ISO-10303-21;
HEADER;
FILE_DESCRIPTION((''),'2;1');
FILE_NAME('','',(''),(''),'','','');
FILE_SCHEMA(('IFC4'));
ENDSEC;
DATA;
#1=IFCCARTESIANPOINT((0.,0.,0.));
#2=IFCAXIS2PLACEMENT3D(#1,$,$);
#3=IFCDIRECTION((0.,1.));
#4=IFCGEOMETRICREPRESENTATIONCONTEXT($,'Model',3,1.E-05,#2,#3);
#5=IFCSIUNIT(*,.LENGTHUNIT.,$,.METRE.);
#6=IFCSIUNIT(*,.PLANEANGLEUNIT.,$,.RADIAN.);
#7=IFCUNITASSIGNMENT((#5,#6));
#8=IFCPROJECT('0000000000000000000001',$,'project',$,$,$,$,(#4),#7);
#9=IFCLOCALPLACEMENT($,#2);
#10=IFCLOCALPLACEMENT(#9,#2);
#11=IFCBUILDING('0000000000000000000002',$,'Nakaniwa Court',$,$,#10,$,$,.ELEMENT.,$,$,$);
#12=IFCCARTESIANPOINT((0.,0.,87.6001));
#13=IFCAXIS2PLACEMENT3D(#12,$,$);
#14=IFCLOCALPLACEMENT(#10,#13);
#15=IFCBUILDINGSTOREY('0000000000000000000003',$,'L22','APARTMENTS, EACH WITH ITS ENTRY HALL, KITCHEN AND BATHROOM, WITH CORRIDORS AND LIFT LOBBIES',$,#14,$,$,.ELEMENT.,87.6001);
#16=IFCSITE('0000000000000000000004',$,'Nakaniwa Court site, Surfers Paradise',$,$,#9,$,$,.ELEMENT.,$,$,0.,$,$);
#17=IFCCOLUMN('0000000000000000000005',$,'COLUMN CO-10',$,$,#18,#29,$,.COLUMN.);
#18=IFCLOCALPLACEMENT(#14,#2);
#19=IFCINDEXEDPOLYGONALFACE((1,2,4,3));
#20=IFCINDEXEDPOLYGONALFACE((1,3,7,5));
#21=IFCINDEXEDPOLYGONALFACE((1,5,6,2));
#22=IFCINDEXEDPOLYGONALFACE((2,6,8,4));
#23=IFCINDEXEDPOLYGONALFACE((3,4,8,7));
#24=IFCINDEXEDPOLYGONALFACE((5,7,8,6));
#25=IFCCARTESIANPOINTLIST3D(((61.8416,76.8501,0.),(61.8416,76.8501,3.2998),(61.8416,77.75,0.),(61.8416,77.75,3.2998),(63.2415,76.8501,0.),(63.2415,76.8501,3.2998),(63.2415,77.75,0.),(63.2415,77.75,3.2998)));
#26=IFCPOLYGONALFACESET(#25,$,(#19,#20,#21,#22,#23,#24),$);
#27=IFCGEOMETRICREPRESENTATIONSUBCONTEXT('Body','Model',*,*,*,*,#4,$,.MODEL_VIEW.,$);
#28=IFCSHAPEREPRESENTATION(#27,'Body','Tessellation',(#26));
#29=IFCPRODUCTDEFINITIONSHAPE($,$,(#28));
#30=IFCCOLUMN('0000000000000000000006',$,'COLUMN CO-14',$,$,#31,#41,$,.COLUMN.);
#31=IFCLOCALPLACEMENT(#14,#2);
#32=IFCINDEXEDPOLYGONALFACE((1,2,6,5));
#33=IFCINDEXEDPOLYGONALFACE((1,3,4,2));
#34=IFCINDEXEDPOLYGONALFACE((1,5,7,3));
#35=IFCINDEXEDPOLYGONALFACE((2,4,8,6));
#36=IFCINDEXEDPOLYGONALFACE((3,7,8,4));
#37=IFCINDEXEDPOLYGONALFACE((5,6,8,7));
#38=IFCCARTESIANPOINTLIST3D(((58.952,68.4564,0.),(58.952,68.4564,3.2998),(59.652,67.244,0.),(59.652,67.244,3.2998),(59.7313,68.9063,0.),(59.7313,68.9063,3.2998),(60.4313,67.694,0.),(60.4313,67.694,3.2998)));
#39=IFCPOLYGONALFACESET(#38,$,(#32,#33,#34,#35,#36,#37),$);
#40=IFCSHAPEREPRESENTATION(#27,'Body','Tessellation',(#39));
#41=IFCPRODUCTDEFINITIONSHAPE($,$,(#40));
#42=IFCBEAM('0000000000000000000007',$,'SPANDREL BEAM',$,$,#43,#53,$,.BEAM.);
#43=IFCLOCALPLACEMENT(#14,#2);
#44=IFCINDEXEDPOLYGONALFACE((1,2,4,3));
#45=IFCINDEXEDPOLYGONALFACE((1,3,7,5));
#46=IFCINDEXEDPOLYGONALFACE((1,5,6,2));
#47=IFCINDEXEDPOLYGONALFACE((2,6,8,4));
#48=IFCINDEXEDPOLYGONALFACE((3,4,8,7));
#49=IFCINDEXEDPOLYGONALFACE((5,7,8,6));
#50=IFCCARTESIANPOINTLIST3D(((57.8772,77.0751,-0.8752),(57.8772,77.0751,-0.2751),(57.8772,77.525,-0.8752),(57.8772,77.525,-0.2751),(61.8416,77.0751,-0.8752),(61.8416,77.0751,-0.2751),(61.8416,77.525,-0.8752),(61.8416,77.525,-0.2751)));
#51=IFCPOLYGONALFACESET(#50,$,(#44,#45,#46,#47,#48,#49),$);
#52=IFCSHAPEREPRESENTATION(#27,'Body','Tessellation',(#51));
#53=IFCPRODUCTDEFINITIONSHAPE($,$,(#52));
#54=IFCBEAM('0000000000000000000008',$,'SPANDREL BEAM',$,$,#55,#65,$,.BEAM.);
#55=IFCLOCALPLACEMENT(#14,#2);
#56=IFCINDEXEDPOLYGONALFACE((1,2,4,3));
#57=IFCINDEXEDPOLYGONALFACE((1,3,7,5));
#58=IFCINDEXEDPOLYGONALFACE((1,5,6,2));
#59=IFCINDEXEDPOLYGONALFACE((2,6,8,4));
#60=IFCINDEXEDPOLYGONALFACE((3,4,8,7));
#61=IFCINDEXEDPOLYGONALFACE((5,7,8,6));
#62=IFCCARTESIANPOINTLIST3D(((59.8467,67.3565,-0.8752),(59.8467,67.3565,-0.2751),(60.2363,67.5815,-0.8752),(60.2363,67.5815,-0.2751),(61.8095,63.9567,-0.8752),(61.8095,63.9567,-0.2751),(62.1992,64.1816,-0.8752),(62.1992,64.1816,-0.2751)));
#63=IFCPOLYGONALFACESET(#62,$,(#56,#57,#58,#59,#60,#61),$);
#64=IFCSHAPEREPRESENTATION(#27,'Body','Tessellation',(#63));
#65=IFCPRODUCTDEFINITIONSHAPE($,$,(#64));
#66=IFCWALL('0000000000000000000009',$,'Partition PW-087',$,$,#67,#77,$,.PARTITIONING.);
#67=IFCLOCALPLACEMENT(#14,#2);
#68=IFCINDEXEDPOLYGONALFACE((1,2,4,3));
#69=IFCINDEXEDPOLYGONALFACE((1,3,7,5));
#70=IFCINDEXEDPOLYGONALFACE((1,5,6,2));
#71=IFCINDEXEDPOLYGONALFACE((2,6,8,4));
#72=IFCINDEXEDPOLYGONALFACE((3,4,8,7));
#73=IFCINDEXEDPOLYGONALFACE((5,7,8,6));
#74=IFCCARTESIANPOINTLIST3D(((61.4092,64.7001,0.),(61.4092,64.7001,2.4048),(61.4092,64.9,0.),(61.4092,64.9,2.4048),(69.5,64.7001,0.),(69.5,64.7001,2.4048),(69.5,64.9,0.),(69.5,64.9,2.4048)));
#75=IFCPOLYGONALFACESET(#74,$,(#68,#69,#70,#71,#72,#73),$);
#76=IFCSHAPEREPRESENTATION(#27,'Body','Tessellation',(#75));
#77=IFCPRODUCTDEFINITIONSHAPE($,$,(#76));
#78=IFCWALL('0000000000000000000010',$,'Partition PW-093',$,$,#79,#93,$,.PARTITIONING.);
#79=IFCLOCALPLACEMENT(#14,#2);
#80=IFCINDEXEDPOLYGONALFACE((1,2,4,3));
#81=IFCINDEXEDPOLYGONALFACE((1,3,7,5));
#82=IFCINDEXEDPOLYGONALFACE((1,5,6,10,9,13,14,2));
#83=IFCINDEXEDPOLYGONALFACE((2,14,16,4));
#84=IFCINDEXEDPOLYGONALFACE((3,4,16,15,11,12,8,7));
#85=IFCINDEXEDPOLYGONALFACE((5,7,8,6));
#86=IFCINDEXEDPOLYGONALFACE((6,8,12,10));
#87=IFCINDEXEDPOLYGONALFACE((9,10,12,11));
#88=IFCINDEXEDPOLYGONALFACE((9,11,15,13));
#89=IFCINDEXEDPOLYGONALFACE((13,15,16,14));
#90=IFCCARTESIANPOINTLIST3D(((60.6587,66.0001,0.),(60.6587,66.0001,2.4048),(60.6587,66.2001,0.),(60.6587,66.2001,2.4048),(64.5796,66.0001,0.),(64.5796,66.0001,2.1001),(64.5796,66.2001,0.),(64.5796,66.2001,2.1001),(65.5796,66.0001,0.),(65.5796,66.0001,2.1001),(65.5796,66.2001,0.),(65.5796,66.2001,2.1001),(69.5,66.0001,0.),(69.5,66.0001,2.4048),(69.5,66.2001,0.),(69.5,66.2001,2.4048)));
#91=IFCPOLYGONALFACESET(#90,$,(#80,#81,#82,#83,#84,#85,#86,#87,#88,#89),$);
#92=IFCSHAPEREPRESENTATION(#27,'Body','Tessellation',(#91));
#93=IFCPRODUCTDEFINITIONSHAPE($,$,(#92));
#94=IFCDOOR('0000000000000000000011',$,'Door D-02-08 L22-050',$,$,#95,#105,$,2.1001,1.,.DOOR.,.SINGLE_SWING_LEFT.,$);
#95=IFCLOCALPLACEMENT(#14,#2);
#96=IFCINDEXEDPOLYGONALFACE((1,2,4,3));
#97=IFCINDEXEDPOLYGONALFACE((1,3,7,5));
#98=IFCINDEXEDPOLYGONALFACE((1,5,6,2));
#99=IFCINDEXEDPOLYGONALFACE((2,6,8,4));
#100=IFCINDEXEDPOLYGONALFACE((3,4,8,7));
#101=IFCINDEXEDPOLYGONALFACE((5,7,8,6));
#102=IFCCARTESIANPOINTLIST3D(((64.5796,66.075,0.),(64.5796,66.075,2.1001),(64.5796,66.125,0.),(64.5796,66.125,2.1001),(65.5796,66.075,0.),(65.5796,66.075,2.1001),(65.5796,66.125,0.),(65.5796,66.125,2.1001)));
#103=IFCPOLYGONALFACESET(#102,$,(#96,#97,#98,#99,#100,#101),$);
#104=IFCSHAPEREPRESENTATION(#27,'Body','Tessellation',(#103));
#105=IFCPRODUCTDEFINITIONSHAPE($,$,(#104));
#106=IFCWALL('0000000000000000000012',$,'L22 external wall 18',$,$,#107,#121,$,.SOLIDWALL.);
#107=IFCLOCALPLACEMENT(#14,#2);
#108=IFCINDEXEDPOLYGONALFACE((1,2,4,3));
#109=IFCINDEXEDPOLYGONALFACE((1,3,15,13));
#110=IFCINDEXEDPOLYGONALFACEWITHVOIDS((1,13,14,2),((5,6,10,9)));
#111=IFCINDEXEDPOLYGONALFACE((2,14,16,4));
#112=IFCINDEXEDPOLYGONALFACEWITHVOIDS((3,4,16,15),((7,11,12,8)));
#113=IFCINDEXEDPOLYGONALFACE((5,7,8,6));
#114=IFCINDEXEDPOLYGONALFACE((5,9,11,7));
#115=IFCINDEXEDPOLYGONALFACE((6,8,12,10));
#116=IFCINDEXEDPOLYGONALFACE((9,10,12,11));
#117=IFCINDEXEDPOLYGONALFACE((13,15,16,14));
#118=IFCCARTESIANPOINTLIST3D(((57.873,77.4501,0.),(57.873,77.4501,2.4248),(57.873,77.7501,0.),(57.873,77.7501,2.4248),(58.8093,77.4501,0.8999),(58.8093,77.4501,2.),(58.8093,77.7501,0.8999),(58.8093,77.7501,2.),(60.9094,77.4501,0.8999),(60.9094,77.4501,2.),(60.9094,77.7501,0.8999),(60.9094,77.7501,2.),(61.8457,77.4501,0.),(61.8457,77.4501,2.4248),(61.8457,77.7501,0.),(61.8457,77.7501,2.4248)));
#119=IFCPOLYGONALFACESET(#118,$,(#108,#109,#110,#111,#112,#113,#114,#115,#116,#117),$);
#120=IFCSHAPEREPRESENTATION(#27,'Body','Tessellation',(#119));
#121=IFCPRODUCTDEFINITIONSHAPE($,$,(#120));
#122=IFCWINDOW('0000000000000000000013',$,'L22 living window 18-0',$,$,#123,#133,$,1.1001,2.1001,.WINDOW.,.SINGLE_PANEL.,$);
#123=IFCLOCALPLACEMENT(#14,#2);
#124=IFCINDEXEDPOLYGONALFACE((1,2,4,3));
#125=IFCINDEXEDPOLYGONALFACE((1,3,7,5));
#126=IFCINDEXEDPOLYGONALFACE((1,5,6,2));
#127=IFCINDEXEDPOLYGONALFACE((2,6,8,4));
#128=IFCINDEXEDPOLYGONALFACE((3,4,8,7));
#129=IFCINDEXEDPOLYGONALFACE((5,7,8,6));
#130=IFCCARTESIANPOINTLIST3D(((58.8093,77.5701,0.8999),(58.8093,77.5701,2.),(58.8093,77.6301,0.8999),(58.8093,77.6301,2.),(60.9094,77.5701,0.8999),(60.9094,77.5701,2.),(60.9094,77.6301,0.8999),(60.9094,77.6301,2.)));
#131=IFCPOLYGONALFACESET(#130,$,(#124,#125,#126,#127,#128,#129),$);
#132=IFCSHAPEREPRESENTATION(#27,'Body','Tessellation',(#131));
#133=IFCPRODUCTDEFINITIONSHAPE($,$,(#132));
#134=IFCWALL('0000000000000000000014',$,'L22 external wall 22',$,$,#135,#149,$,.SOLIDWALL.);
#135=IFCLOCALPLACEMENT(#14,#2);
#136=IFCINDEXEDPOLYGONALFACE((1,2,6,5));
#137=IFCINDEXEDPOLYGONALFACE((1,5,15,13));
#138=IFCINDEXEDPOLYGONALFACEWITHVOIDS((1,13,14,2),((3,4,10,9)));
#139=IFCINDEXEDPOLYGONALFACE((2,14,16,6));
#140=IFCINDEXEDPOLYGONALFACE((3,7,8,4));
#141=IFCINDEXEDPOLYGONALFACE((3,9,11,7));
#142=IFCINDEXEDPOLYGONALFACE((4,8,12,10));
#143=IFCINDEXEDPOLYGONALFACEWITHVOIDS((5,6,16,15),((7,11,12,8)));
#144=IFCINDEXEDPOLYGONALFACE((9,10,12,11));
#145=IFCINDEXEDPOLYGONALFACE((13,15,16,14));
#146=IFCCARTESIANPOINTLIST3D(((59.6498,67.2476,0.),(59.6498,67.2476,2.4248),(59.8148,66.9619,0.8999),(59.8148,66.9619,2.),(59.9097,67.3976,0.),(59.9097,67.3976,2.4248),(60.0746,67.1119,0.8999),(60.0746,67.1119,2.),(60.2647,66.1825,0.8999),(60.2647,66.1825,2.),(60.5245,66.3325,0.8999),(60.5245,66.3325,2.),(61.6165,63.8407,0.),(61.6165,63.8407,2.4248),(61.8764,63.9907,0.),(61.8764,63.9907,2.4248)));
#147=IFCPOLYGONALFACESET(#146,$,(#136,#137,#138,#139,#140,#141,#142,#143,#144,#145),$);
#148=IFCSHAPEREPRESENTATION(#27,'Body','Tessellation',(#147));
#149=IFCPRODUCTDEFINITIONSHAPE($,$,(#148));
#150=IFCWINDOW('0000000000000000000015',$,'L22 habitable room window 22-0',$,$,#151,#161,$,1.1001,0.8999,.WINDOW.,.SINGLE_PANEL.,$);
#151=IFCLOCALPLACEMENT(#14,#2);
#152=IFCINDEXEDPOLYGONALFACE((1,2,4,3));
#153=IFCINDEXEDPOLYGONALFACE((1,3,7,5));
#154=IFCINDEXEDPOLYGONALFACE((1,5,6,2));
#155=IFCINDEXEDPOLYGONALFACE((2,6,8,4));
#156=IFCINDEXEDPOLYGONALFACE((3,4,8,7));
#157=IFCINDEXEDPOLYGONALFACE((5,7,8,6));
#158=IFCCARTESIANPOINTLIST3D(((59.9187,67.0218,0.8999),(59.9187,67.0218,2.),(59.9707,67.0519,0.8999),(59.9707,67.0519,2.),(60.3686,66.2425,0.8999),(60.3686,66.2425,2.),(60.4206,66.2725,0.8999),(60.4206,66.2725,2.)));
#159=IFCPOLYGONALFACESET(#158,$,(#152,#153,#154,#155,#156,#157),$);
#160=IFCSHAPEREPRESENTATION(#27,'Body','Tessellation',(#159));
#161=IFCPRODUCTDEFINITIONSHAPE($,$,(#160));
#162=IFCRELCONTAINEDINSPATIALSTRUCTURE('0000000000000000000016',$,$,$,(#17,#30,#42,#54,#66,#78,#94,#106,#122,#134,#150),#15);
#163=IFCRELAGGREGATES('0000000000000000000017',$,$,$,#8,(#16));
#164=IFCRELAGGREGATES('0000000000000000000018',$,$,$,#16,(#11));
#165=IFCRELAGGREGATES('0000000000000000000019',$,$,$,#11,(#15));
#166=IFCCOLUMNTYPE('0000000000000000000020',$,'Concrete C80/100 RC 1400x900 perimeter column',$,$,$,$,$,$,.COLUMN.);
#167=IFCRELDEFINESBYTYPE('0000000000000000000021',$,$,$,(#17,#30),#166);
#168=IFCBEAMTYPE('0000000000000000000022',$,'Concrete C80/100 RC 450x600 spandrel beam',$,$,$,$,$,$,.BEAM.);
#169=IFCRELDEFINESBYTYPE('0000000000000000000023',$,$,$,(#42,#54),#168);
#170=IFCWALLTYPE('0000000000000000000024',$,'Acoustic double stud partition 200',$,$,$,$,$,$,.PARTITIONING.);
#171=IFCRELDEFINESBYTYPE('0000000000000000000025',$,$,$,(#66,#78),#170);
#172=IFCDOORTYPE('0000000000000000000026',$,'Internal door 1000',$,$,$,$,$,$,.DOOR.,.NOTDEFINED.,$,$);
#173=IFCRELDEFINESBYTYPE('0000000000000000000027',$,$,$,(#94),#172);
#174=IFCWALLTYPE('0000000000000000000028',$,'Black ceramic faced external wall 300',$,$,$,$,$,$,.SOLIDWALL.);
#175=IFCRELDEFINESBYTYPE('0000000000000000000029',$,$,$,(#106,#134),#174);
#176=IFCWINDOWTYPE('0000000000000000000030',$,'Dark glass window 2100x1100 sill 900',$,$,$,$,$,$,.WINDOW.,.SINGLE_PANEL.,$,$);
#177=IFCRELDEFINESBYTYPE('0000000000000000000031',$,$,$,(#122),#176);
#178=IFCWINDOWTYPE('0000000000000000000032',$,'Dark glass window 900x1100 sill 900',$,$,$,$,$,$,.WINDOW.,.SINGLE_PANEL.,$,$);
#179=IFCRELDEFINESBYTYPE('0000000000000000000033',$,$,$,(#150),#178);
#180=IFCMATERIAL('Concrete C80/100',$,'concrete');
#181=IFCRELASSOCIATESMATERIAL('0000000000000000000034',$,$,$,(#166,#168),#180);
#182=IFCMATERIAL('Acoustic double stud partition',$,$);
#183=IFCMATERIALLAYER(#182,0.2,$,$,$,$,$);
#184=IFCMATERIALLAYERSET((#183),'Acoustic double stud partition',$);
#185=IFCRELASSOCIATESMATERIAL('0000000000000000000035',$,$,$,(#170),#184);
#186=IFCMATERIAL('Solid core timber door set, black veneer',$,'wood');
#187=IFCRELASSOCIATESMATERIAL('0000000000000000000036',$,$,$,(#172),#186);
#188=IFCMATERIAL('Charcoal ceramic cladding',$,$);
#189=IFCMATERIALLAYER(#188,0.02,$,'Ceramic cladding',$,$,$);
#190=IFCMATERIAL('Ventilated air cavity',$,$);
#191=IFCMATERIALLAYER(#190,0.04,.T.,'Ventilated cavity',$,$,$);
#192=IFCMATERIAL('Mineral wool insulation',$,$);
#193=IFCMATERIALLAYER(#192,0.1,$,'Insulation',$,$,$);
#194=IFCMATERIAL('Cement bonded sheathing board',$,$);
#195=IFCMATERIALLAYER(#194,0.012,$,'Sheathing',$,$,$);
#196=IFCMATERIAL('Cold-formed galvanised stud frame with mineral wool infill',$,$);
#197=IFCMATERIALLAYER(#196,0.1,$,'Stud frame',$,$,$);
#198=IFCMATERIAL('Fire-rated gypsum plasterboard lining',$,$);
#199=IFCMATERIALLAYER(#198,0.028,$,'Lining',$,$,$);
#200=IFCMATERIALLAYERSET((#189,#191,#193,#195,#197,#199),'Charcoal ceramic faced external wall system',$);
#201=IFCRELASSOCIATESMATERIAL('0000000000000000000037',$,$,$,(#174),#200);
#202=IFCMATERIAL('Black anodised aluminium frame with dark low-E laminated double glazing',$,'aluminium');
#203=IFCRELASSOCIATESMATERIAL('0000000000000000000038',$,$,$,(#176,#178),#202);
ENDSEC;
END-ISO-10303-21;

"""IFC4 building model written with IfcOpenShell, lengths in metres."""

from ifc_helpers import new_model, si_unit, direction, frame, frame_2d, origin, origin_2d, place, context, subcontext, project, spatial, rectangle, extrude, material, layer, layer_set, material_profile, profile_set, type_object, element, fill, save


model = new_model("IFC4")

# Units and contexts
model_context = context("Model", 3, precision=1e-05, world=origin(), true_north=direction((0.0, 1.0)))
body_context = subcontext(model_context, "Body", "Model", "MODEL_VIEW")
ifc_project = project(units=[si_unit("LENGTHUNIT", "METRE"), si_unit("PLANEANGLEUNIT", "RADIAN")], contexts=[model_context])

# Site, building, storey
site_placement = place(None, origin())
site = spatial("IfcSite", under=ifc_project, at=site_placement, Name="Nakaniwa Court site, Surfers Paradise", CompositionType="ELEMENT", RefElevation=0.0)
building_placement = place(site_placement, origin())
building = spatial("IfcBuilding", under=site, at=building_placement, Name="Nakaniwa Court", CompositionType="ELEMENT")
storey_placement = place(building_placement, frame((0.0, 0.0, 87.6001)))
storey = spatial("IfcBuildingStorey", under=building, at=storey_placement, Name="L22", Description="APARTMENTS, EACH WITH ITS ENTRY HALL, KITCHEN AND BATHROOM, WITH CORRIDORS AND LIFT LOBBIES", CompositionType="ELEMENT", Elevation=87.6001)

# Columns
ifc_material_1 = material(Name="Concrete C80/100", Category="concrete")
ifc_material_profile_1 = material_profile(ifc_material_1, rectangle(XDim=1.3999, YDim=0.8999, at=origin_2d()), Name="Concrete C80/100 RC 1400x900 perimeter column")
ifc_profile_set_1 = profile_set([ifc_material_profile_1], Name="Concrete C80/100")
column_type = type_object("IfcColumnType", Name="Concrete C80/100 RC 1400x900 perimeter column", PredefinedType="COLUMN", material=ifc_profile_set_1)
for number, where, z_axis, x_axis, name in (
    (1, (62.5415, 77.3, 0.0), (0.0, 0.0, 1.0), (-1.0, 0.0, 0.0), "COLUMN CO-10"),
    (2, (59.6917, 68.0752, 0.0), (0.0, 0.0, 1.0), (0.5, -0.866025, 0.0), "COLUMN CO-14"),
):
    element("IfcColumn", number, at=place(storey_placement, frame(where, z_axis=z_axis, x_axis=x_axis)), inside=storey, type_object=column_type, Name=name, PredefinedType="COLUMN", context=body_context, shape_type="SweptSolid", body=[
        extrude(rectangle(XDim=1.3999, YDim=0.8999, at=origin_2d()), origin(), (0.0, 0.0, 1.0), 3.2998),
    ])

# Beams
ifc_material_profile_2 = material_profile(ifc_material_1, rectangle(XDim=0.45, YDim=0.6001, at=origin_2d()), Name="Concrete C80/100 RC 450x600 spandrel beam")
ifc_profile_set_2 = profile_set([ifc_material_profile_2], Name="Concrete C80/100")
beam_type = type_object("IfcBeamType", Name="Concrete C80/100 RC 450x600 spandrel beam", PredefinedType="BEAM", material=ifc_profile_set_2)
beam_1_placement = place(storey_placement, frame((61.8416, 77.3, -0.5752), z_axis=(-1.0, 0.0, 0.0), x_axis=(0.0, -1.0, 0.0)))
element("IfcBeam", 3, at=beam_1_placement, inside=storey, type_object=beam_type, Name="SPANDREL BEAM", PredefinedType="BEAM", context=body_context, shape_type="SweptSolid", body=[
    extrude(rectangle(XDim=0.45, YDim=0.6001, at=origin_2d()), origin(), (0.0, 0.0, 1.0), 3.9644),
])
beam_2_placement = place(storey_placement, frame((60.0415, 67.469, -0.5752), z_axis=(0.499992, -0.86603, 0.0), x_axis=(0.86603, 0.499992, 0.0)))
element("IfcBeam", 4, at=beam_2_placement, inside=storey, type_object=beam_type, Name="SPANDREL BEAM", PredefinedType="BEAM", context=body_context, shape_type="SweptSolid", body=[
    extrude(rectangle(XDim=0.45, YDim=0.6001, at=origin_2d()), origin(), (0.0, 0.0, 1.0), 3.9258),
])

# Wall
ifc_material_2 = material(Name="Acoustic double stud partition")
ifc_layer_1 = layer(ifc_material_2, 0.2)
ifc_layer_set_1 = layer_set([ifc_layer_1], Name="Acoustic double stud partition")
wall_type_1 = type_object("IfcWallType", Name="Acoustic double stud partition 200", PredefinedType="PARTITIONING", material=ifc_layer_set_1)
wall_1_placement = place(storey_placement, frame((61.4092, 64.8, 0.0), z_axis=(0.0, 0.0, 1.0), x_axis=(1.0, 0.0, 0.0)))
element("IfcWall", 5, at=wall_1_placement, inside=storey, type_object=wall_type_1, Name="Partition PW-087", PredefinedType="PARTITIONING", context=body_context, shape_type="SweptSolid", body=[
    extrude(rectangle(XDim=8.0908, YDim=0.2, at=frame_2d((4.0454, 0.0))), origin(), (0.0, 0.0, 1.0), 2.4048),
])

# Wall, opening, door
wall_2_placement = place(storey_placement, frame((60.6587, 66.1001, 0.0), z_axis=(0.0, 0.0, 1.0), x_axis=(1.0, 0.0, 0.0)))
wall_2 = element("IfcWall", 6, at=wall_2_placement, inside=storey, type_object=wall_type_1, Name="Partition PW-093", PredefinedType="PARTITIONING", context=body_context, shape_type="SweptSolid", body=[
    extrude(rectangle(XDim=8.8413, YDim=0.2, at=frame_2d((4.4207, 0.0))), origin(), (0.0, 0.0, 1.0), 2.4048),
])
opening_1_placement = place(wall_2_placement, frame((3.9209, 0.0, 0.0)))
opening_1 = element("IfcOpeningElement", 7, at=opening_1_placement, cuts=wall_2, PredefinedType="OPENING", context=body_context, shape_type="SweptSolid", body=[
    extrude(rectangle(XDim=1.0, YDim=2.1001, at=frame_2d((0.5, 1.05))), frame((0.0, 0.1099, 0.0), z_axis=(0.0, -1.0, 0.0), x_axis=(1.0, 0.0, 0.0)), (0.0, 0.0, 1.0), 0.22),
])
ifc_material_3 = material(Name="Solid core timber door set, black veneer", Category="wood")
door_type_1 = type_object("IfcDoorType", Name="Internal door 1000", OperationType="NOTDEFINED", PredefinedType="DOOR", material=ifc_material_3)
door_1_placement = place(opening_1_placement, origin())
door_1 = element("IfcDoor", 8, at=door_1_placement, inside=storey, type_object=door_type_1, Name="Door D-02-08 L22-050", OperationType="SINGLE_SWING_LEFT", OverallHeight=2.1001, OverallWidth=1.0, PredefinedType="DOOR", context=body_context, shape_type="SweptSolid", body=[
    extrude(rectangle(XDim=1.0, YDim=2.1001, at=frame_2d((0.5, 1.05))), frame((0.0, 0.0249, 0.0), z_axis=(0.0, -1.0, 0.0), x_axis=(1.0, 0.0, 0.0)), (0.0, 0.0, 1.0), 0.05),
])
fill(opening_1, door_1)

# Walls, openings, windows
ifc_material_4 = material(Name="Charcoal ceramic cladding")
ifc_layer_2 = layer(ifc_material_4, 0.02, Name="Ceramic cladding")
ifc_material_5 = material(Name="Ventilated air cavity")
ifc_layer_3 = layer(ifc_material_5, 0.04, ventilated=True, Name="Ventilated cavity")
ifc_material_6 = material(Name="Mineral wool insulation")
ifc_layer_4 = layer(ifc_material_6, 0.1, Name="Insulation")
ifc_material_7 = material(Name="Cement bonded sheathing board")
ifc_layer_5 = layer(ifc_material_7, 0.012, Name="Sheathing")
ifc_material_8 = material(Name="Cold-formed galvanised stud frame with mineral wool infill")
ifc_layer_6 = layer(ifc_material_8, 0.1, Name="Stud frame")
ifc_material_9 = material(Name="Fire-rated gypsum plasterboard lining")
ifc_layer_7 = layer(ifc_material_9, 0.028, Name="Lining")
ifc_layer_set_2 = layer_set([ifc_layer_2, ifc_layer_3, ifc_layer_4, ifc_layer_5, ifc_layer_6, ifc_layer_7], Name="Charcoal ceramic faced external wall system")
wall_type_2 = type_object("IfcWallType", Name="Black ceramic faced external wall 300", PredefinedType="SOLIDWALL", material=ifc_layer_set_2)
wall_3_placement = place(storey_placement, frame((61.8457, 77.6001, 0.0), z_axis=(0.0, 0.0, 1.0), x_axis=(-1.0, 0.0, 0.0)))
wall_3 = element("IfcWall", 9, at=wall_3_placement, inside=storey, type_object=wall_type_2, Name="L22 external wall 18", PredefinedType="SOLIDWALL", context=body_context, shape_type="SweptSolid", body=[
    extrude(rectangle(XDim=3.9727, YDim=0.3, at=frame_2d((1.9863, 0.0))), origin(), (0.0, 0.0, 1.0), 2.4248),
])
opening_2_placement = place(wall_3_placement, frame((0.9363, 0.0, 0.8999)))
opening_2 = element("IfcOpeningElement", 10, at=opening_2_placement, cuts=wall_3, PredefinedType="OPENING", context=body_context, shape_type="SweptSolid", body=[
    extrude(rectangle(XDim=2.1001, YDim=1.1001, at=frame_2d((1.05, 0.55))), frame((0.0, 0.1599, 0.0), z_axis=(0.0, -1.0, 0.0), x_axis=(1.0, 0.0, 0.0)), (0.0, 0.0, 1.0), 0.3201),
])
ifc_material_10 = material(Name="Black anodised aluminium frame with dark low-E laminated double glazing", Category="aluminium")
window_type_1 = type_object("IfcWindowType", Name="Dark glass window 2100x1100 sill 900", PartitioningType="SINGLE_PANEL", PredefinedType="WINDOW", material=ifc_material_10)
window_1_placement = place(opening_2_placement, origin())
window_1 = element("IfcWindow", 11, at=window_1_placement, inside=storey, type_object=window_type_1, Name="L22 living window 18-0", OverallHeight=1.1001, OverallWidth=2.1001, PartitioningType="SINGLE_PANEL", PredefinedType="WINDOW", context=body_context, shape_type="SweptSolid", body=[
    extrude(rectangle(XDim=2.1001, YDim=1.1001, at=frame_2d((1.05, 0.55))), frame((0.0, 0.03, 0.0), z_axis=(0.0, -1.0, 0.0), x_axis=(1.0, 0.0, 0.0)), (0.0, 0.0, 1.0), 0.0601),
])
fill(opening_2, window_1)
wall_4_placement = place(storey_placement, frame((59.7798, 67.3225, 0.0), z_axis=(0.0, 0.0, 1.0), x_axis=(0.499957, -0.86605, 0.0)))
wall_4 = element("IfcWall", 12, at=wall_4_placement, inside=storey, type_object=wall_type_2, Name="L22 external wall 22", PredefinedType="SOLIDWALL", context=body_context, shape_type="SweptSolid", body=[
    extrude(rectangle(XDim=3.9338, YDim=0.3, at=frame_2d((1.9668, 0.0))), origin(), (0.0, 0.0, 1.0), 2.4248),
])
opening_3_placement = place(wall_4_placement, frame((0.3298, 0.0, 0.8999)))
opening_3 = element("IfcOpeningElement", 13, at=opening_3_placement, cuts=wall_4, PredefinedType="OPENING", context=body_context, shape_type="SweptSolid", body=[
    extrude(rectangle(XDim=0.8999, YDim=1.1001, at=frame_2d((0.45, 0.55))), frame((0.0, 0.1599, 0.0), z_axis=(0.0, -1.0, 0.0), x_axis=(1.0, 0.0, 0.0)), (0.0, 0.0, 1.0), 0.3201),
])
window_type_2 = type_object("IfcWindowType", Name="Dark glass window 900x1100 sill 900", PartitioningType="SINGLE_PANEL", PredefinedType="WINDOW", material=ifc_material_10)
window_2_placement = place(opening_3_placement, origin())
window_2 = element("IfcWindow", 14, at=window_2_placement, inside=storey, type_object=window_type_2, Name="L22 habitable room window 22-0", OverallHeight=1.1001, OverallWidth=0.8999, PartitioningType="SINGLE_PANEL", PredefinedType="WINDOW", context=body_context, shape_type="SweptSolid", body=[
    extrude(rectangle(XDim=0.8999, YDim=1.1001, at=frame_2d((0.45, 0.55))), frame((0.0, 0.03, 0.0), z_axis=(0.0, -1.0, 0.0), x_axis=(1.0, 0.0, 0.0)), (0.0, 0.0, 1.0), 0.0601),
])
fill(opening_3, window_2)

save(model, "model.ifc")
